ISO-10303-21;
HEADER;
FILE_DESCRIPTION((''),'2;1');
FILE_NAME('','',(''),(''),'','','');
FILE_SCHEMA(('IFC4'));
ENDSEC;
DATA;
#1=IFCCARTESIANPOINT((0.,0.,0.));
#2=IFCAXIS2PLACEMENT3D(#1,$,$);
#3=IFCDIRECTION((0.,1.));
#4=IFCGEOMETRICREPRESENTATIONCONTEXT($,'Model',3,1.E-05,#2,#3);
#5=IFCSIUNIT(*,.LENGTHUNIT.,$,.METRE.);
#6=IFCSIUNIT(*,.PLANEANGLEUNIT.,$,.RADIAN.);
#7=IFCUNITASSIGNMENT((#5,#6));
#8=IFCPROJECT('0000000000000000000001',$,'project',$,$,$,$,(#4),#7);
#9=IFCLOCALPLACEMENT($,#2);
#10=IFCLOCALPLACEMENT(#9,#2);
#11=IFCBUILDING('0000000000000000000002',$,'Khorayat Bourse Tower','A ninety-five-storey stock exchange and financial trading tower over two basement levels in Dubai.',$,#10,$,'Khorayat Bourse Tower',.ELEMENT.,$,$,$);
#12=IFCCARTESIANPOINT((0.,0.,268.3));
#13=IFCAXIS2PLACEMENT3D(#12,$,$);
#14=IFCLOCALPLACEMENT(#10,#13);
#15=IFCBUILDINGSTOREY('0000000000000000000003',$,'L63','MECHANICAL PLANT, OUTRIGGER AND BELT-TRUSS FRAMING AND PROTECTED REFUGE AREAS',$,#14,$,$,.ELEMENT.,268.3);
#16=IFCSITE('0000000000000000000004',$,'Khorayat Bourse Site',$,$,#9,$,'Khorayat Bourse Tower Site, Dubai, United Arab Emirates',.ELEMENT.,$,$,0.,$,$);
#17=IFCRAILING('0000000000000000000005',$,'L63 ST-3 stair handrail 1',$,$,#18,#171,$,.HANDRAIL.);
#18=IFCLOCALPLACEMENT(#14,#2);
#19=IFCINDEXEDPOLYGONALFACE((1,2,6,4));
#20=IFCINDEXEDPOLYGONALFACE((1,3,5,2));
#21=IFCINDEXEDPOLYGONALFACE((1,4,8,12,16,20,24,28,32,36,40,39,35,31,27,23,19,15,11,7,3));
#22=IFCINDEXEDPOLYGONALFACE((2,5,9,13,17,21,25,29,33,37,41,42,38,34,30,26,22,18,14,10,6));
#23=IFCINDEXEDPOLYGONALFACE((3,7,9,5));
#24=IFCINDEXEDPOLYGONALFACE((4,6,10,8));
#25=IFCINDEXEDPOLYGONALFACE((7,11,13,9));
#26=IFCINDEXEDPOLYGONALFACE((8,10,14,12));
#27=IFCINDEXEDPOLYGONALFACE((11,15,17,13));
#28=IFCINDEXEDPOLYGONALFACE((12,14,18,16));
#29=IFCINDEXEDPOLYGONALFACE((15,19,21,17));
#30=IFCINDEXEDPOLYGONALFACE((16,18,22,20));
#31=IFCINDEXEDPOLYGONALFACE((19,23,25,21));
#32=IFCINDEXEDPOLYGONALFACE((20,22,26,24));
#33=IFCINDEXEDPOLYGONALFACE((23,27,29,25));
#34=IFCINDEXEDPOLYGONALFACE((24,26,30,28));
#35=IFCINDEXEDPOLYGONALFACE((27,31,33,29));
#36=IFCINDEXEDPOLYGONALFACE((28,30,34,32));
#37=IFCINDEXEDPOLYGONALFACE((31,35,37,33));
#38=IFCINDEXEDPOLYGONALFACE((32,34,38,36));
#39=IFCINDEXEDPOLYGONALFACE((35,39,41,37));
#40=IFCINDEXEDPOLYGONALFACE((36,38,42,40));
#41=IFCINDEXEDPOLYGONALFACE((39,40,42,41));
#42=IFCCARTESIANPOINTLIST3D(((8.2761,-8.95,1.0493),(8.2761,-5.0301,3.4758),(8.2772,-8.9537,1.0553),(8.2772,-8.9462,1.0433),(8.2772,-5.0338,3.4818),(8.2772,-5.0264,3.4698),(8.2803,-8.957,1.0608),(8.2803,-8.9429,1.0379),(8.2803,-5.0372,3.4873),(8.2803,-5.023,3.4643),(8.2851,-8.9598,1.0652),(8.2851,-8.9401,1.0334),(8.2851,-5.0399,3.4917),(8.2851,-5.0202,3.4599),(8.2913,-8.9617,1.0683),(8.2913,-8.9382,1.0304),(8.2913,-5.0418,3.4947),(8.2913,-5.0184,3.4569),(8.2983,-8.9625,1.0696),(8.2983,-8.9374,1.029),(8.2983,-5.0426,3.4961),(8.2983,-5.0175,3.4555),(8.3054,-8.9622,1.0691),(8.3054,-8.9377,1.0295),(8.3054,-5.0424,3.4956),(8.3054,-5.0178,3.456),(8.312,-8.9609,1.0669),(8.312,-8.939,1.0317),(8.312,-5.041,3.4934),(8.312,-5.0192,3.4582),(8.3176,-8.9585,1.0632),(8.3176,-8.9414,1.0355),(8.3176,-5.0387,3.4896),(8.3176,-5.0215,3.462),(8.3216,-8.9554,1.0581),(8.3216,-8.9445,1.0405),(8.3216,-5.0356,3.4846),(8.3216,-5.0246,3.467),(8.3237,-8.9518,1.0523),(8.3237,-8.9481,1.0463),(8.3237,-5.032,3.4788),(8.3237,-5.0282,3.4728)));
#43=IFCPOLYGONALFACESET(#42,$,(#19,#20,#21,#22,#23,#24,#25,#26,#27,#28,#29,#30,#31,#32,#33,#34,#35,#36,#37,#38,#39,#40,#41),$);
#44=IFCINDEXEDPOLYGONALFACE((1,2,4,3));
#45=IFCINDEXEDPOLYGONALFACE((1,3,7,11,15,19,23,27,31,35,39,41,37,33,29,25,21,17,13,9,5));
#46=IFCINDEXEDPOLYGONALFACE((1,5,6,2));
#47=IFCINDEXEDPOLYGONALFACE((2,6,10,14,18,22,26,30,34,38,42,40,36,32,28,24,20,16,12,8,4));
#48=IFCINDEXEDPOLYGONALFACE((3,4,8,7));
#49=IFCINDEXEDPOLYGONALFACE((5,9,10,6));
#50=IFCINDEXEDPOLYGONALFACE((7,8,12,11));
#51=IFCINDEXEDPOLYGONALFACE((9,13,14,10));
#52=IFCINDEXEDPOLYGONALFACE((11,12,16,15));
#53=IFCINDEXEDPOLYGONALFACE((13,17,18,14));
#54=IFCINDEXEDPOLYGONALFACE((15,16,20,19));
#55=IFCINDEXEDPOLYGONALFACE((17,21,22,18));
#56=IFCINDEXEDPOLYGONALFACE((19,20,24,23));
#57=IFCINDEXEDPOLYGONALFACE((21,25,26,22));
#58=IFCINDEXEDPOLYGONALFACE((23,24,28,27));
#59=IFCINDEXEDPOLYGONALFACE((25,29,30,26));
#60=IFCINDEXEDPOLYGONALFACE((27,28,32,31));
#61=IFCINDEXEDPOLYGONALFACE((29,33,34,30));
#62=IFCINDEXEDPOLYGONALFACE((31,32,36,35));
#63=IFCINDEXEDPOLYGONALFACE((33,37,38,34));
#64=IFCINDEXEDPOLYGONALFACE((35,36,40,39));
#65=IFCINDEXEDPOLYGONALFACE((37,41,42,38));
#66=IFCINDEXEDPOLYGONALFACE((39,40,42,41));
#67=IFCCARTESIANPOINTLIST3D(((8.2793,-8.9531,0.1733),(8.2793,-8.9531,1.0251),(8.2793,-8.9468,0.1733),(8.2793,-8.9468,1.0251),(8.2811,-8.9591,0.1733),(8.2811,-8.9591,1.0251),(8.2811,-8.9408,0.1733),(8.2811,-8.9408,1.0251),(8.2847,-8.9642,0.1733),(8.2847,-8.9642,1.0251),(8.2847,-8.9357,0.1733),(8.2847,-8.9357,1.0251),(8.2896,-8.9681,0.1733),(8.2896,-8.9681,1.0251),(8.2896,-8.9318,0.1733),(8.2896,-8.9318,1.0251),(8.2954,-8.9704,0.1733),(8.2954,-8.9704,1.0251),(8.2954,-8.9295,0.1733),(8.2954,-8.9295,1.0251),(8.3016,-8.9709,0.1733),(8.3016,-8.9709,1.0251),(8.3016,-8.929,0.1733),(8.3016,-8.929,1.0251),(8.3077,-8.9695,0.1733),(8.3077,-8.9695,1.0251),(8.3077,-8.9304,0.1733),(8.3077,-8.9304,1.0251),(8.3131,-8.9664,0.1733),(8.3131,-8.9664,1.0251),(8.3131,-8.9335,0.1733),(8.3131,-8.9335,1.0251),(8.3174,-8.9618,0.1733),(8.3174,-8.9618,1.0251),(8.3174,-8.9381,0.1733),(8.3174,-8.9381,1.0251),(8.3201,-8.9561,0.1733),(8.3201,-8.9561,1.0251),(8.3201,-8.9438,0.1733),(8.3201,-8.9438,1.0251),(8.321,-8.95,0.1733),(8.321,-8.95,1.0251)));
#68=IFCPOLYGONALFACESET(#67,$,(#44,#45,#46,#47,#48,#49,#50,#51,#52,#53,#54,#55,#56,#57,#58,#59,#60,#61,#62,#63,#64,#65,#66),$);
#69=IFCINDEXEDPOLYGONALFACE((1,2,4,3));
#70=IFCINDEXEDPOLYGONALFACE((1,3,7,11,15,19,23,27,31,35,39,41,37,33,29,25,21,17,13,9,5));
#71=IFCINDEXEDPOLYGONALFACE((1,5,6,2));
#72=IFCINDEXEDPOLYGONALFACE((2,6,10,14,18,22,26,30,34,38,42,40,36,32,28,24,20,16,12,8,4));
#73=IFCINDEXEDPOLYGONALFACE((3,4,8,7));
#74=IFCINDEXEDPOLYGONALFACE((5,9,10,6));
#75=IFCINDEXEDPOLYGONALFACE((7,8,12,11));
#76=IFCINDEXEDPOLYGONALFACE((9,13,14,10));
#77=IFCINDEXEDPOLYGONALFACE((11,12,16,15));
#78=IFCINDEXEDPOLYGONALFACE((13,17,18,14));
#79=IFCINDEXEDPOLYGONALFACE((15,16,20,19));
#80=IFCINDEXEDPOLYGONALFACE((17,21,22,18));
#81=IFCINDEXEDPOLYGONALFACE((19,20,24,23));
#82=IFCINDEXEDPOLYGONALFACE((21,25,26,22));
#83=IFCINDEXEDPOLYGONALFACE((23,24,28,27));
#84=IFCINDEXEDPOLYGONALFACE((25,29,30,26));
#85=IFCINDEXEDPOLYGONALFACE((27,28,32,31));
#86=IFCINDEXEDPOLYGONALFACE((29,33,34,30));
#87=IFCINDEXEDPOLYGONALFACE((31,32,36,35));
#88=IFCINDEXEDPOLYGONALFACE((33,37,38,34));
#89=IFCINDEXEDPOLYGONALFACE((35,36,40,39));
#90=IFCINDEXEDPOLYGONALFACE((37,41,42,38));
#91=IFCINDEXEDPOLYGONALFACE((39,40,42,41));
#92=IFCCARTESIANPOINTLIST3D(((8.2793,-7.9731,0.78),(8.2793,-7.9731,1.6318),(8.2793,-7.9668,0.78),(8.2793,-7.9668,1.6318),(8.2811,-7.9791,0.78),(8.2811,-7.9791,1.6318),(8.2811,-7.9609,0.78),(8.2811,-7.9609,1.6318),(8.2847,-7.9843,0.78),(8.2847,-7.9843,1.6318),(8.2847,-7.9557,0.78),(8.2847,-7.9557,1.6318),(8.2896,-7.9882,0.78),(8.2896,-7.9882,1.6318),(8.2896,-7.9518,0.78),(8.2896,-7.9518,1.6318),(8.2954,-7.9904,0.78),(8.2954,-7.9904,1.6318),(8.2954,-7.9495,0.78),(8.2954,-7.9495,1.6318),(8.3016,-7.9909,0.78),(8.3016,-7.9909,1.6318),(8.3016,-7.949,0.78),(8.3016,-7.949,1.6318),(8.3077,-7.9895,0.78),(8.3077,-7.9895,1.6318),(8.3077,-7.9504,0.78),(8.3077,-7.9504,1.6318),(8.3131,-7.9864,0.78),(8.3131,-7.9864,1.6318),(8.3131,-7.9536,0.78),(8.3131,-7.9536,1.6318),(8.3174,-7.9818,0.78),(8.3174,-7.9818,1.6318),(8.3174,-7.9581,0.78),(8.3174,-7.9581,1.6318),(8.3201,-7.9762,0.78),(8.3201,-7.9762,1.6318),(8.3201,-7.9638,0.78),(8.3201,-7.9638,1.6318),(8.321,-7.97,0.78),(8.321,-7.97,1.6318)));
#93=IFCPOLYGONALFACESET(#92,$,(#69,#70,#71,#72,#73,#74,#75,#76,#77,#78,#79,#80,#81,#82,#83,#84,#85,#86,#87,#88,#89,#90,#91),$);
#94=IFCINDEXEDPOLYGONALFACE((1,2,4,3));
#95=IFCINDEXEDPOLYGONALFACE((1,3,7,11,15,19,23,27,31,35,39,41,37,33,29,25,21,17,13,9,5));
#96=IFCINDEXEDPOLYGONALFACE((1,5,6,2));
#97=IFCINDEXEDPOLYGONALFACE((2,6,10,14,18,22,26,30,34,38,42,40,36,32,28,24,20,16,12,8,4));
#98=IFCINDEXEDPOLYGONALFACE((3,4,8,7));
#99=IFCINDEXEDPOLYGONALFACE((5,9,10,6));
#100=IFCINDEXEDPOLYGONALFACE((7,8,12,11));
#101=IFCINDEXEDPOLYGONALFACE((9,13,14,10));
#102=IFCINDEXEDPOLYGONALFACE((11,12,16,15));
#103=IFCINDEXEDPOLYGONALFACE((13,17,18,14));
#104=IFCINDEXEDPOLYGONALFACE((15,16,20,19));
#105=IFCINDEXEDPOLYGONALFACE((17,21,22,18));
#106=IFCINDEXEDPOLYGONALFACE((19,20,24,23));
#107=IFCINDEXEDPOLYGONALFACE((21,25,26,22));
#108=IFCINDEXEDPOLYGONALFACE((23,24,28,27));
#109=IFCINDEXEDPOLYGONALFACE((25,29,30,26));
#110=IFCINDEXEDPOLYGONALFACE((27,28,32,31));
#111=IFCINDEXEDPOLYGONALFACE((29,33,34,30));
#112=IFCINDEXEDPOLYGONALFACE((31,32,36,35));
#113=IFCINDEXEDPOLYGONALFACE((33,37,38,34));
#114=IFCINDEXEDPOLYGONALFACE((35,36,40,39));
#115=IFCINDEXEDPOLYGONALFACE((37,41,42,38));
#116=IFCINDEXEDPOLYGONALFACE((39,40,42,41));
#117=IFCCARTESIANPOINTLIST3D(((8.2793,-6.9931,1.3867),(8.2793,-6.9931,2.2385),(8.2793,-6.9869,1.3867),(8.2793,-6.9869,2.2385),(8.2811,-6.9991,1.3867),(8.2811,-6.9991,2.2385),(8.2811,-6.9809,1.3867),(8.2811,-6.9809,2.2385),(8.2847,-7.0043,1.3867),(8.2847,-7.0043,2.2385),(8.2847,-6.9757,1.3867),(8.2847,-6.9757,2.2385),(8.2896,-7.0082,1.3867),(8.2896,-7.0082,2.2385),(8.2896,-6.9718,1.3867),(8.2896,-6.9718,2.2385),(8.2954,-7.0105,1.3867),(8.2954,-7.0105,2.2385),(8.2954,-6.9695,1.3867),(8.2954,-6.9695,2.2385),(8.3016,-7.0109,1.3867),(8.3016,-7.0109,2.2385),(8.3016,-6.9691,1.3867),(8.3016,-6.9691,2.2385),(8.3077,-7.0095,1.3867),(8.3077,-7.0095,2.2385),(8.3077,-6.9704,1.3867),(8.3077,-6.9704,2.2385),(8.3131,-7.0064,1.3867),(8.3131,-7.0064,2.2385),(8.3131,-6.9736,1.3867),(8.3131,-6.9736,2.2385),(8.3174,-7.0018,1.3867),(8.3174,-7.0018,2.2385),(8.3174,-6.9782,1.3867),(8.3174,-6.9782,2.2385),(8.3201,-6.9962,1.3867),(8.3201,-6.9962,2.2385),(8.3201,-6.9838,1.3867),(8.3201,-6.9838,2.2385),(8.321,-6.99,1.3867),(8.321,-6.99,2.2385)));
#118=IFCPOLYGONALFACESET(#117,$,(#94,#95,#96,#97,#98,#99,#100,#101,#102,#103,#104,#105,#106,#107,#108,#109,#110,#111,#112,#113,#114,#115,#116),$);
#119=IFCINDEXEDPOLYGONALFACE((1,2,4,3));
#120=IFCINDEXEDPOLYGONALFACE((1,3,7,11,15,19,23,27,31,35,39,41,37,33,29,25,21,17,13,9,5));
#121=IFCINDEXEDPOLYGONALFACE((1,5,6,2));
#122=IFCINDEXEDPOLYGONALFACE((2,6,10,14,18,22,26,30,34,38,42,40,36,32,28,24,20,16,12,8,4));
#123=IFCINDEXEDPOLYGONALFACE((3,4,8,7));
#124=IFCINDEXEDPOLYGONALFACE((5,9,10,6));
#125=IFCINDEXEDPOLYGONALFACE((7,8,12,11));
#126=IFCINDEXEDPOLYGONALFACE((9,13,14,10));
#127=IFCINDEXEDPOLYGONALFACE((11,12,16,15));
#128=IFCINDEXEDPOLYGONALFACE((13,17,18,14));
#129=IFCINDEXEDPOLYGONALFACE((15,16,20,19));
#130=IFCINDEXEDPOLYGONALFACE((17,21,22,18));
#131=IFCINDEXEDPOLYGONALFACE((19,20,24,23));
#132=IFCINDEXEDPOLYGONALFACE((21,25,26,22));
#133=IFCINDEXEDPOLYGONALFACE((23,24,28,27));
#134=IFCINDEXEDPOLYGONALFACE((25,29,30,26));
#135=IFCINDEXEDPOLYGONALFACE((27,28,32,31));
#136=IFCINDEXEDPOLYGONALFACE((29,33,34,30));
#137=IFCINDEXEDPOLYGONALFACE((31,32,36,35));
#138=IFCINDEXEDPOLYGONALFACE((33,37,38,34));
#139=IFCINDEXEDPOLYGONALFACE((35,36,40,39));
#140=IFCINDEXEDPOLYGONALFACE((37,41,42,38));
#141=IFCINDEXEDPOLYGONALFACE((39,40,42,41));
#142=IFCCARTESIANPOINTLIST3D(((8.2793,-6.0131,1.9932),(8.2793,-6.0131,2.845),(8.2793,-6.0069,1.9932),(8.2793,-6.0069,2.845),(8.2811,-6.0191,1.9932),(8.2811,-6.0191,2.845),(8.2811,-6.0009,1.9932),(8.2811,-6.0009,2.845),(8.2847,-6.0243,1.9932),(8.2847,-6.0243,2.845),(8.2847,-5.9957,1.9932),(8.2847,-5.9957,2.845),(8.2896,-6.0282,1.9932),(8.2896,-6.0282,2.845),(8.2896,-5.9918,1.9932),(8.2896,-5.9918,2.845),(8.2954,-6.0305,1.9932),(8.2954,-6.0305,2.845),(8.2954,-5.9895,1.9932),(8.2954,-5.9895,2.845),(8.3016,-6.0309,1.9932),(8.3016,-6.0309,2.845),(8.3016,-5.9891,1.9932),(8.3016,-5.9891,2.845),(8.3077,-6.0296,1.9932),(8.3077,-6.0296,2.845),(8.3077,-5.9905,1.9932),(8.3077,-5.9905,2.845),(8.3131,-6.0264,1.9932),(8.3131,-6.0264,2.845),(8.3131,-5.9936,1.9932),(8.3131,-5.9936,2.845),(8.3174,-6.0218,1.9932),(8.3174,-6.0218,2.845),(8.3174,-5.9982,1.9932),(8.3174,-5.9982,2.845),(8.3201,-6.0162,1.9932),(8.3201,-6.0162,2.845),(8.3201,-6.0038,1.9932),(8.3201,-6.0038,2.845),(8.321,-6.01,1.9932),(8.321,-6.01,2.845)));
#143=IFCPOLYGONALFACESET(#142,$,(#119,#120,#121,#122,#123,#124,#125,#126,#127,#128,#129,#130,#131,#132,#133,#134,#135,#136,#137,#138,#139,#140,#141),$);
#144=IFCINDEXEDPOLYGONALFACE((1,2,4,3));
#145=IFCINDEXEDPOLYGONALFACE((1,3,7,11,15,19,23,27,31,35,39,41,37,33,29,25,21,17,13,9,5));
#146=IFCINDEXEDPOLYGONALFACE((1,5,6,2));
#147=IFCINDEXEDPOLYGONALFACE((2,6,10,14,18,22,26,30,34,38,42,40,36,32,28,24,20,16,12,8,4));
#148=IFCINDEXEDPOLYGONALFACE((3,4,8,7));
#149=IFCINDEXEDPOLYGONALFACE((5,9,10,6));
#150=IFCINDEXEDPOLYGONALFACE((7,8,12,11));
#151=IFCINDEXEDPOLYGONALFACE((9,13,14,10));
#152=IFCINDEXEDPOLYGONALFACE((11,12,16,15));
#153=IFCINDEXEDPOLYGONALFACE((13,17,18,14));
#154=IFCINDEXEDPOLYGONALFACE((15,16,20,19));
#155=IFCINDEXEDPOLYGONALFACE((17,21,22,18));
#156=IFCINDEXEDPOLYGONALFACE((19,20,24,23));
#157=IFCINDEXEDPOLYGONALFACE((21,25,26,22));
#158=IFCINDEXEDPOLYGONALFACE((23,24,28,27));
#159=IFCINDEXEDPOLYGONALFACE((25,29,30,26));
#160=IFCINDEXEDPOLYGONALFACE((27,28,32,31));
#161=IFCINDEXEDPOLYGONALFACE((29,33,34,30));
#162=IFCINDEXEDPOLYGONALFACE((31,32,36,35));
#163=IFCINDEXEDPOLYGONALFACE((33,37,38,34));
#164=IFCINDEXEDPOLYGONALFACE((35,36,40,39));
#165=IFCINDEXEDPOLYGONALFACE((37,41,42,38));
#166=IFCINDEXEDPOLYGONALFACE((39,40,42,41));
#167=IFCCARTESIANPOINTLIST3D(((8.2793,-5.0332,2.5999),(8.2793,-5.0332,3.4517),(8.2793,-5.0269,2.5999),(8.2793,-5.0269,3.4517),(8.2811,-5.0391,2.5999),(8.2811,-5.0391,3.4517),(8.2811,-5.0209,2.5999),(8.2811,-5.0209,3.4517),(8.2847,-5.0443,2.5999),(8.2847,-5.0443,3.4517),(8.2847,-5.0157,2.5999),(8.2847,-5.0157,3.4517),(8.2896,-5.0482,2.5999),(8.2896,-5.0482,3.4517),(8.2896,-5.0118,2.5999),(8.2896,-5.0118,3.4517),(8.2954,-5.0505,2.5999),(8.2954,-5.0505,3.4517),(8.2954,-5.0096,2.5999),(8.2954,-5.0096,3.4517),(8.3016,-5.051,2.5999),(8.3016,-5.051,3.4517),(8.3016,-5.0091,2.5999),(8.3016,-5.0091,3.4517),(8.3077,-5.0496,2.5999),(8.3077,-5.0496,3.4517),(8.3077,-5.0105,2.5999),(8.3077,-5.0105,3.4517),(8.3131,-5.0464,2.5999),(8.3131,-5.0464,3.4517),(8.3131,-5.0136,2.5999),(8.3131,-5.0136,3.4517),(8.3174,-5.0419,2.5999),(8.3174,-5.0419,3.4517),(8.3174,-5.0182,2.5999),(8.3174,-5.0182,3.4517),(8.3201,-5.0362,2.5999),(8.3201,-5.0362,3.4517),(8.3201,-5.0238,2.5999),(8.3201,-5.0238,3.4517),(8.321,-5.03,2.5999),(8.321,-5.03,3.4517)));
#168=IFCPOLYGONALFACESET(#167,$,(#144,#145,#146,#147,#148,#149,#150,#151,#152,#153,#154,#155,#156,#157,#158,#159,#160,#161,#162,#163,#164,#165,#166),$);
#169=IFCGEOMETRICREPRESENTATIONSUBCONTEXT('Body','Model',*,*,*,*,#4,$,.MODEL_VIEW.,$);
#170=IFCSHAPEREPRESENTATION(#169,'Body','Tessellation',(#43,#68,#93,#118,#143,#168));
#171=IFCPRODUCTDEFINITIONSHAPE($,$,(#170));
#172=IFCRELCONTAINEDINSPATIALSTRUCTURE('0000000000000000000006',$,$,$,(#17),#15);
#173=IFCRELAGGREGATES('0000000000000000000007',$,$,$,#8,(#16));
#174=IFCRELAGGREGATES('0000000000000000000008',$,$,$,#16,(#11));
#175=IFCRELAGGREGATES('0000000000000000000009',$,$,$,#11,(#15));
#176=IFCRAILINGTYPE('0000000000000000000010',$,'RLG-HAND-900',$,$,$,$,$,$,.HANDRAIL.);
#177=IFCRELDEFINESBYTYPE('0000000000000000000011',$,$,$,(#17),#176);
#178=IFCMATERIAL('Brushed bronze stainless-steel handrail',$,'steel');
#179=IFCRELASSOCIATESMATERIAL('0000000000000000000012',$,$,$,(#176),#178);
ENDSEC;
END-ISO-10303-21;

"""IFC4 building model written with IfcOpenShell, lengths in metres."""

from ifc_helpers import new_model, si_unit, direction, frame, origin, origin_2d, place, context, subcontext, project, spatial, circle, extrude, source, transform, mapped, material, type_object, element, save


model = new_model("IFC4")

# Units and contexts
model_context = context("Model", 3, precision=1e-05, world=origin(), true_north=direction((0.0, 1.0)))
body_context = subcontext(model_context, "Body", "Model", "MODEL_VIEW")
ifc_project = project(units=[si_unit("LENGTHUNIT", "METRE"), si_unit("PLANEANGLEUNIT", "RADIAN")], contexts=[model_context])

# Site, building, storey
site_placement = place(None, origin())
site = spatial("IfcSite", under=ifc_project, at=site_placement, Name="Khorayat Bourse Site", LongName="Khorayat Bourse Tower Site, Dubai, United Arab Emirates", CompositionType="ELEMENT", RefElevation=0.0)
building_placement = place(site_placement, origin())
building = spatial("IfcBuilding", under=site, at=building_placement, Name="Khorayat Bourse Tower", Description="A ninety-five-storey stock exchange and financial trading tower over two basement levels in Dubai.", LongName="Khorayat Bourse Tower", CompositionType="ELEMENT")
storey_placement = place(building_placement, frame((0.0, 0.0, 268.3)))
storey = spatial("IfcBuildingStorey", under=building, at=storey_placement, Name="L63", Description="MECHANICAL PLANT, OUTRIGGER AND BELT-TRUSS FRAMING AND PROTECTED REFUGE AREAS", CompositionType="ELEMENT", Elevation=268.3)

# Railing
ifc_material_1 = material(Name="Brushed bronze stainless-steel handrail", Category="steel")
railing_type_1 = type_object("IfcRailingType", Name="RLG-HAND-900", PredefinedType="HANDRAIL", material=ifc_material_1)
shared_shape_1 = source(origin(), body_context, "Body", "SweptSolid", [
    extrude(circle(Radius=0.0239, at=origin_2d()), frame((0.0, 0.0, 0.876), z_axis=(0.0, 0.850275, 0.526338), x_axis=(-1.0, 0.0, 0.0)), (0.0, 0.0, 1.0), 4.6101),
    extrude(circle(Radius=0.021, at=origin_2d()), origin(), (0.0, 0.0, 1.0), 0.8518),
    extrude(circle(Radius=0.021, at=origin_2d()), frame((0.0, 0.98, 0.6067)), (0.0, 0.0, 1.0), 0.8518),
    extrude(circle(Radius=0.021, at=origin_2d()), frame((0.0, 1.96, 1.2134)), (0.0, 0.0, 1.0), 0.8518),
    extrude(circle(Radius=0.021, at=origin_2d()), frame((0.0, 2.9399, 1.8198)), (0.0, 0.0, 1.0), 0.8518),
    extrude(circle(Radius=0.021, at=origin_2d()), frame((0.0, 3.9199, 2.4265)), (0.0, 0.0, 1.0), 0.8518),
])
railing_1_placement = place(storey_placement, frame((8.3, -8.95, 0.1733)))
element("IfcRailing", 1, at=railing_1_placement, inside=storey, type_object=railing_type_1, Name="L63 ST-3 stair handrail 1", PredefinedType="HANDRAIL", context=body_context, shape_type="MappedRepresentation", body=[
    mapped(shared_shape_1, transform((0.0, 0.0, 0.0), scale=1.0)),
])

save(model, "model.ifc")
